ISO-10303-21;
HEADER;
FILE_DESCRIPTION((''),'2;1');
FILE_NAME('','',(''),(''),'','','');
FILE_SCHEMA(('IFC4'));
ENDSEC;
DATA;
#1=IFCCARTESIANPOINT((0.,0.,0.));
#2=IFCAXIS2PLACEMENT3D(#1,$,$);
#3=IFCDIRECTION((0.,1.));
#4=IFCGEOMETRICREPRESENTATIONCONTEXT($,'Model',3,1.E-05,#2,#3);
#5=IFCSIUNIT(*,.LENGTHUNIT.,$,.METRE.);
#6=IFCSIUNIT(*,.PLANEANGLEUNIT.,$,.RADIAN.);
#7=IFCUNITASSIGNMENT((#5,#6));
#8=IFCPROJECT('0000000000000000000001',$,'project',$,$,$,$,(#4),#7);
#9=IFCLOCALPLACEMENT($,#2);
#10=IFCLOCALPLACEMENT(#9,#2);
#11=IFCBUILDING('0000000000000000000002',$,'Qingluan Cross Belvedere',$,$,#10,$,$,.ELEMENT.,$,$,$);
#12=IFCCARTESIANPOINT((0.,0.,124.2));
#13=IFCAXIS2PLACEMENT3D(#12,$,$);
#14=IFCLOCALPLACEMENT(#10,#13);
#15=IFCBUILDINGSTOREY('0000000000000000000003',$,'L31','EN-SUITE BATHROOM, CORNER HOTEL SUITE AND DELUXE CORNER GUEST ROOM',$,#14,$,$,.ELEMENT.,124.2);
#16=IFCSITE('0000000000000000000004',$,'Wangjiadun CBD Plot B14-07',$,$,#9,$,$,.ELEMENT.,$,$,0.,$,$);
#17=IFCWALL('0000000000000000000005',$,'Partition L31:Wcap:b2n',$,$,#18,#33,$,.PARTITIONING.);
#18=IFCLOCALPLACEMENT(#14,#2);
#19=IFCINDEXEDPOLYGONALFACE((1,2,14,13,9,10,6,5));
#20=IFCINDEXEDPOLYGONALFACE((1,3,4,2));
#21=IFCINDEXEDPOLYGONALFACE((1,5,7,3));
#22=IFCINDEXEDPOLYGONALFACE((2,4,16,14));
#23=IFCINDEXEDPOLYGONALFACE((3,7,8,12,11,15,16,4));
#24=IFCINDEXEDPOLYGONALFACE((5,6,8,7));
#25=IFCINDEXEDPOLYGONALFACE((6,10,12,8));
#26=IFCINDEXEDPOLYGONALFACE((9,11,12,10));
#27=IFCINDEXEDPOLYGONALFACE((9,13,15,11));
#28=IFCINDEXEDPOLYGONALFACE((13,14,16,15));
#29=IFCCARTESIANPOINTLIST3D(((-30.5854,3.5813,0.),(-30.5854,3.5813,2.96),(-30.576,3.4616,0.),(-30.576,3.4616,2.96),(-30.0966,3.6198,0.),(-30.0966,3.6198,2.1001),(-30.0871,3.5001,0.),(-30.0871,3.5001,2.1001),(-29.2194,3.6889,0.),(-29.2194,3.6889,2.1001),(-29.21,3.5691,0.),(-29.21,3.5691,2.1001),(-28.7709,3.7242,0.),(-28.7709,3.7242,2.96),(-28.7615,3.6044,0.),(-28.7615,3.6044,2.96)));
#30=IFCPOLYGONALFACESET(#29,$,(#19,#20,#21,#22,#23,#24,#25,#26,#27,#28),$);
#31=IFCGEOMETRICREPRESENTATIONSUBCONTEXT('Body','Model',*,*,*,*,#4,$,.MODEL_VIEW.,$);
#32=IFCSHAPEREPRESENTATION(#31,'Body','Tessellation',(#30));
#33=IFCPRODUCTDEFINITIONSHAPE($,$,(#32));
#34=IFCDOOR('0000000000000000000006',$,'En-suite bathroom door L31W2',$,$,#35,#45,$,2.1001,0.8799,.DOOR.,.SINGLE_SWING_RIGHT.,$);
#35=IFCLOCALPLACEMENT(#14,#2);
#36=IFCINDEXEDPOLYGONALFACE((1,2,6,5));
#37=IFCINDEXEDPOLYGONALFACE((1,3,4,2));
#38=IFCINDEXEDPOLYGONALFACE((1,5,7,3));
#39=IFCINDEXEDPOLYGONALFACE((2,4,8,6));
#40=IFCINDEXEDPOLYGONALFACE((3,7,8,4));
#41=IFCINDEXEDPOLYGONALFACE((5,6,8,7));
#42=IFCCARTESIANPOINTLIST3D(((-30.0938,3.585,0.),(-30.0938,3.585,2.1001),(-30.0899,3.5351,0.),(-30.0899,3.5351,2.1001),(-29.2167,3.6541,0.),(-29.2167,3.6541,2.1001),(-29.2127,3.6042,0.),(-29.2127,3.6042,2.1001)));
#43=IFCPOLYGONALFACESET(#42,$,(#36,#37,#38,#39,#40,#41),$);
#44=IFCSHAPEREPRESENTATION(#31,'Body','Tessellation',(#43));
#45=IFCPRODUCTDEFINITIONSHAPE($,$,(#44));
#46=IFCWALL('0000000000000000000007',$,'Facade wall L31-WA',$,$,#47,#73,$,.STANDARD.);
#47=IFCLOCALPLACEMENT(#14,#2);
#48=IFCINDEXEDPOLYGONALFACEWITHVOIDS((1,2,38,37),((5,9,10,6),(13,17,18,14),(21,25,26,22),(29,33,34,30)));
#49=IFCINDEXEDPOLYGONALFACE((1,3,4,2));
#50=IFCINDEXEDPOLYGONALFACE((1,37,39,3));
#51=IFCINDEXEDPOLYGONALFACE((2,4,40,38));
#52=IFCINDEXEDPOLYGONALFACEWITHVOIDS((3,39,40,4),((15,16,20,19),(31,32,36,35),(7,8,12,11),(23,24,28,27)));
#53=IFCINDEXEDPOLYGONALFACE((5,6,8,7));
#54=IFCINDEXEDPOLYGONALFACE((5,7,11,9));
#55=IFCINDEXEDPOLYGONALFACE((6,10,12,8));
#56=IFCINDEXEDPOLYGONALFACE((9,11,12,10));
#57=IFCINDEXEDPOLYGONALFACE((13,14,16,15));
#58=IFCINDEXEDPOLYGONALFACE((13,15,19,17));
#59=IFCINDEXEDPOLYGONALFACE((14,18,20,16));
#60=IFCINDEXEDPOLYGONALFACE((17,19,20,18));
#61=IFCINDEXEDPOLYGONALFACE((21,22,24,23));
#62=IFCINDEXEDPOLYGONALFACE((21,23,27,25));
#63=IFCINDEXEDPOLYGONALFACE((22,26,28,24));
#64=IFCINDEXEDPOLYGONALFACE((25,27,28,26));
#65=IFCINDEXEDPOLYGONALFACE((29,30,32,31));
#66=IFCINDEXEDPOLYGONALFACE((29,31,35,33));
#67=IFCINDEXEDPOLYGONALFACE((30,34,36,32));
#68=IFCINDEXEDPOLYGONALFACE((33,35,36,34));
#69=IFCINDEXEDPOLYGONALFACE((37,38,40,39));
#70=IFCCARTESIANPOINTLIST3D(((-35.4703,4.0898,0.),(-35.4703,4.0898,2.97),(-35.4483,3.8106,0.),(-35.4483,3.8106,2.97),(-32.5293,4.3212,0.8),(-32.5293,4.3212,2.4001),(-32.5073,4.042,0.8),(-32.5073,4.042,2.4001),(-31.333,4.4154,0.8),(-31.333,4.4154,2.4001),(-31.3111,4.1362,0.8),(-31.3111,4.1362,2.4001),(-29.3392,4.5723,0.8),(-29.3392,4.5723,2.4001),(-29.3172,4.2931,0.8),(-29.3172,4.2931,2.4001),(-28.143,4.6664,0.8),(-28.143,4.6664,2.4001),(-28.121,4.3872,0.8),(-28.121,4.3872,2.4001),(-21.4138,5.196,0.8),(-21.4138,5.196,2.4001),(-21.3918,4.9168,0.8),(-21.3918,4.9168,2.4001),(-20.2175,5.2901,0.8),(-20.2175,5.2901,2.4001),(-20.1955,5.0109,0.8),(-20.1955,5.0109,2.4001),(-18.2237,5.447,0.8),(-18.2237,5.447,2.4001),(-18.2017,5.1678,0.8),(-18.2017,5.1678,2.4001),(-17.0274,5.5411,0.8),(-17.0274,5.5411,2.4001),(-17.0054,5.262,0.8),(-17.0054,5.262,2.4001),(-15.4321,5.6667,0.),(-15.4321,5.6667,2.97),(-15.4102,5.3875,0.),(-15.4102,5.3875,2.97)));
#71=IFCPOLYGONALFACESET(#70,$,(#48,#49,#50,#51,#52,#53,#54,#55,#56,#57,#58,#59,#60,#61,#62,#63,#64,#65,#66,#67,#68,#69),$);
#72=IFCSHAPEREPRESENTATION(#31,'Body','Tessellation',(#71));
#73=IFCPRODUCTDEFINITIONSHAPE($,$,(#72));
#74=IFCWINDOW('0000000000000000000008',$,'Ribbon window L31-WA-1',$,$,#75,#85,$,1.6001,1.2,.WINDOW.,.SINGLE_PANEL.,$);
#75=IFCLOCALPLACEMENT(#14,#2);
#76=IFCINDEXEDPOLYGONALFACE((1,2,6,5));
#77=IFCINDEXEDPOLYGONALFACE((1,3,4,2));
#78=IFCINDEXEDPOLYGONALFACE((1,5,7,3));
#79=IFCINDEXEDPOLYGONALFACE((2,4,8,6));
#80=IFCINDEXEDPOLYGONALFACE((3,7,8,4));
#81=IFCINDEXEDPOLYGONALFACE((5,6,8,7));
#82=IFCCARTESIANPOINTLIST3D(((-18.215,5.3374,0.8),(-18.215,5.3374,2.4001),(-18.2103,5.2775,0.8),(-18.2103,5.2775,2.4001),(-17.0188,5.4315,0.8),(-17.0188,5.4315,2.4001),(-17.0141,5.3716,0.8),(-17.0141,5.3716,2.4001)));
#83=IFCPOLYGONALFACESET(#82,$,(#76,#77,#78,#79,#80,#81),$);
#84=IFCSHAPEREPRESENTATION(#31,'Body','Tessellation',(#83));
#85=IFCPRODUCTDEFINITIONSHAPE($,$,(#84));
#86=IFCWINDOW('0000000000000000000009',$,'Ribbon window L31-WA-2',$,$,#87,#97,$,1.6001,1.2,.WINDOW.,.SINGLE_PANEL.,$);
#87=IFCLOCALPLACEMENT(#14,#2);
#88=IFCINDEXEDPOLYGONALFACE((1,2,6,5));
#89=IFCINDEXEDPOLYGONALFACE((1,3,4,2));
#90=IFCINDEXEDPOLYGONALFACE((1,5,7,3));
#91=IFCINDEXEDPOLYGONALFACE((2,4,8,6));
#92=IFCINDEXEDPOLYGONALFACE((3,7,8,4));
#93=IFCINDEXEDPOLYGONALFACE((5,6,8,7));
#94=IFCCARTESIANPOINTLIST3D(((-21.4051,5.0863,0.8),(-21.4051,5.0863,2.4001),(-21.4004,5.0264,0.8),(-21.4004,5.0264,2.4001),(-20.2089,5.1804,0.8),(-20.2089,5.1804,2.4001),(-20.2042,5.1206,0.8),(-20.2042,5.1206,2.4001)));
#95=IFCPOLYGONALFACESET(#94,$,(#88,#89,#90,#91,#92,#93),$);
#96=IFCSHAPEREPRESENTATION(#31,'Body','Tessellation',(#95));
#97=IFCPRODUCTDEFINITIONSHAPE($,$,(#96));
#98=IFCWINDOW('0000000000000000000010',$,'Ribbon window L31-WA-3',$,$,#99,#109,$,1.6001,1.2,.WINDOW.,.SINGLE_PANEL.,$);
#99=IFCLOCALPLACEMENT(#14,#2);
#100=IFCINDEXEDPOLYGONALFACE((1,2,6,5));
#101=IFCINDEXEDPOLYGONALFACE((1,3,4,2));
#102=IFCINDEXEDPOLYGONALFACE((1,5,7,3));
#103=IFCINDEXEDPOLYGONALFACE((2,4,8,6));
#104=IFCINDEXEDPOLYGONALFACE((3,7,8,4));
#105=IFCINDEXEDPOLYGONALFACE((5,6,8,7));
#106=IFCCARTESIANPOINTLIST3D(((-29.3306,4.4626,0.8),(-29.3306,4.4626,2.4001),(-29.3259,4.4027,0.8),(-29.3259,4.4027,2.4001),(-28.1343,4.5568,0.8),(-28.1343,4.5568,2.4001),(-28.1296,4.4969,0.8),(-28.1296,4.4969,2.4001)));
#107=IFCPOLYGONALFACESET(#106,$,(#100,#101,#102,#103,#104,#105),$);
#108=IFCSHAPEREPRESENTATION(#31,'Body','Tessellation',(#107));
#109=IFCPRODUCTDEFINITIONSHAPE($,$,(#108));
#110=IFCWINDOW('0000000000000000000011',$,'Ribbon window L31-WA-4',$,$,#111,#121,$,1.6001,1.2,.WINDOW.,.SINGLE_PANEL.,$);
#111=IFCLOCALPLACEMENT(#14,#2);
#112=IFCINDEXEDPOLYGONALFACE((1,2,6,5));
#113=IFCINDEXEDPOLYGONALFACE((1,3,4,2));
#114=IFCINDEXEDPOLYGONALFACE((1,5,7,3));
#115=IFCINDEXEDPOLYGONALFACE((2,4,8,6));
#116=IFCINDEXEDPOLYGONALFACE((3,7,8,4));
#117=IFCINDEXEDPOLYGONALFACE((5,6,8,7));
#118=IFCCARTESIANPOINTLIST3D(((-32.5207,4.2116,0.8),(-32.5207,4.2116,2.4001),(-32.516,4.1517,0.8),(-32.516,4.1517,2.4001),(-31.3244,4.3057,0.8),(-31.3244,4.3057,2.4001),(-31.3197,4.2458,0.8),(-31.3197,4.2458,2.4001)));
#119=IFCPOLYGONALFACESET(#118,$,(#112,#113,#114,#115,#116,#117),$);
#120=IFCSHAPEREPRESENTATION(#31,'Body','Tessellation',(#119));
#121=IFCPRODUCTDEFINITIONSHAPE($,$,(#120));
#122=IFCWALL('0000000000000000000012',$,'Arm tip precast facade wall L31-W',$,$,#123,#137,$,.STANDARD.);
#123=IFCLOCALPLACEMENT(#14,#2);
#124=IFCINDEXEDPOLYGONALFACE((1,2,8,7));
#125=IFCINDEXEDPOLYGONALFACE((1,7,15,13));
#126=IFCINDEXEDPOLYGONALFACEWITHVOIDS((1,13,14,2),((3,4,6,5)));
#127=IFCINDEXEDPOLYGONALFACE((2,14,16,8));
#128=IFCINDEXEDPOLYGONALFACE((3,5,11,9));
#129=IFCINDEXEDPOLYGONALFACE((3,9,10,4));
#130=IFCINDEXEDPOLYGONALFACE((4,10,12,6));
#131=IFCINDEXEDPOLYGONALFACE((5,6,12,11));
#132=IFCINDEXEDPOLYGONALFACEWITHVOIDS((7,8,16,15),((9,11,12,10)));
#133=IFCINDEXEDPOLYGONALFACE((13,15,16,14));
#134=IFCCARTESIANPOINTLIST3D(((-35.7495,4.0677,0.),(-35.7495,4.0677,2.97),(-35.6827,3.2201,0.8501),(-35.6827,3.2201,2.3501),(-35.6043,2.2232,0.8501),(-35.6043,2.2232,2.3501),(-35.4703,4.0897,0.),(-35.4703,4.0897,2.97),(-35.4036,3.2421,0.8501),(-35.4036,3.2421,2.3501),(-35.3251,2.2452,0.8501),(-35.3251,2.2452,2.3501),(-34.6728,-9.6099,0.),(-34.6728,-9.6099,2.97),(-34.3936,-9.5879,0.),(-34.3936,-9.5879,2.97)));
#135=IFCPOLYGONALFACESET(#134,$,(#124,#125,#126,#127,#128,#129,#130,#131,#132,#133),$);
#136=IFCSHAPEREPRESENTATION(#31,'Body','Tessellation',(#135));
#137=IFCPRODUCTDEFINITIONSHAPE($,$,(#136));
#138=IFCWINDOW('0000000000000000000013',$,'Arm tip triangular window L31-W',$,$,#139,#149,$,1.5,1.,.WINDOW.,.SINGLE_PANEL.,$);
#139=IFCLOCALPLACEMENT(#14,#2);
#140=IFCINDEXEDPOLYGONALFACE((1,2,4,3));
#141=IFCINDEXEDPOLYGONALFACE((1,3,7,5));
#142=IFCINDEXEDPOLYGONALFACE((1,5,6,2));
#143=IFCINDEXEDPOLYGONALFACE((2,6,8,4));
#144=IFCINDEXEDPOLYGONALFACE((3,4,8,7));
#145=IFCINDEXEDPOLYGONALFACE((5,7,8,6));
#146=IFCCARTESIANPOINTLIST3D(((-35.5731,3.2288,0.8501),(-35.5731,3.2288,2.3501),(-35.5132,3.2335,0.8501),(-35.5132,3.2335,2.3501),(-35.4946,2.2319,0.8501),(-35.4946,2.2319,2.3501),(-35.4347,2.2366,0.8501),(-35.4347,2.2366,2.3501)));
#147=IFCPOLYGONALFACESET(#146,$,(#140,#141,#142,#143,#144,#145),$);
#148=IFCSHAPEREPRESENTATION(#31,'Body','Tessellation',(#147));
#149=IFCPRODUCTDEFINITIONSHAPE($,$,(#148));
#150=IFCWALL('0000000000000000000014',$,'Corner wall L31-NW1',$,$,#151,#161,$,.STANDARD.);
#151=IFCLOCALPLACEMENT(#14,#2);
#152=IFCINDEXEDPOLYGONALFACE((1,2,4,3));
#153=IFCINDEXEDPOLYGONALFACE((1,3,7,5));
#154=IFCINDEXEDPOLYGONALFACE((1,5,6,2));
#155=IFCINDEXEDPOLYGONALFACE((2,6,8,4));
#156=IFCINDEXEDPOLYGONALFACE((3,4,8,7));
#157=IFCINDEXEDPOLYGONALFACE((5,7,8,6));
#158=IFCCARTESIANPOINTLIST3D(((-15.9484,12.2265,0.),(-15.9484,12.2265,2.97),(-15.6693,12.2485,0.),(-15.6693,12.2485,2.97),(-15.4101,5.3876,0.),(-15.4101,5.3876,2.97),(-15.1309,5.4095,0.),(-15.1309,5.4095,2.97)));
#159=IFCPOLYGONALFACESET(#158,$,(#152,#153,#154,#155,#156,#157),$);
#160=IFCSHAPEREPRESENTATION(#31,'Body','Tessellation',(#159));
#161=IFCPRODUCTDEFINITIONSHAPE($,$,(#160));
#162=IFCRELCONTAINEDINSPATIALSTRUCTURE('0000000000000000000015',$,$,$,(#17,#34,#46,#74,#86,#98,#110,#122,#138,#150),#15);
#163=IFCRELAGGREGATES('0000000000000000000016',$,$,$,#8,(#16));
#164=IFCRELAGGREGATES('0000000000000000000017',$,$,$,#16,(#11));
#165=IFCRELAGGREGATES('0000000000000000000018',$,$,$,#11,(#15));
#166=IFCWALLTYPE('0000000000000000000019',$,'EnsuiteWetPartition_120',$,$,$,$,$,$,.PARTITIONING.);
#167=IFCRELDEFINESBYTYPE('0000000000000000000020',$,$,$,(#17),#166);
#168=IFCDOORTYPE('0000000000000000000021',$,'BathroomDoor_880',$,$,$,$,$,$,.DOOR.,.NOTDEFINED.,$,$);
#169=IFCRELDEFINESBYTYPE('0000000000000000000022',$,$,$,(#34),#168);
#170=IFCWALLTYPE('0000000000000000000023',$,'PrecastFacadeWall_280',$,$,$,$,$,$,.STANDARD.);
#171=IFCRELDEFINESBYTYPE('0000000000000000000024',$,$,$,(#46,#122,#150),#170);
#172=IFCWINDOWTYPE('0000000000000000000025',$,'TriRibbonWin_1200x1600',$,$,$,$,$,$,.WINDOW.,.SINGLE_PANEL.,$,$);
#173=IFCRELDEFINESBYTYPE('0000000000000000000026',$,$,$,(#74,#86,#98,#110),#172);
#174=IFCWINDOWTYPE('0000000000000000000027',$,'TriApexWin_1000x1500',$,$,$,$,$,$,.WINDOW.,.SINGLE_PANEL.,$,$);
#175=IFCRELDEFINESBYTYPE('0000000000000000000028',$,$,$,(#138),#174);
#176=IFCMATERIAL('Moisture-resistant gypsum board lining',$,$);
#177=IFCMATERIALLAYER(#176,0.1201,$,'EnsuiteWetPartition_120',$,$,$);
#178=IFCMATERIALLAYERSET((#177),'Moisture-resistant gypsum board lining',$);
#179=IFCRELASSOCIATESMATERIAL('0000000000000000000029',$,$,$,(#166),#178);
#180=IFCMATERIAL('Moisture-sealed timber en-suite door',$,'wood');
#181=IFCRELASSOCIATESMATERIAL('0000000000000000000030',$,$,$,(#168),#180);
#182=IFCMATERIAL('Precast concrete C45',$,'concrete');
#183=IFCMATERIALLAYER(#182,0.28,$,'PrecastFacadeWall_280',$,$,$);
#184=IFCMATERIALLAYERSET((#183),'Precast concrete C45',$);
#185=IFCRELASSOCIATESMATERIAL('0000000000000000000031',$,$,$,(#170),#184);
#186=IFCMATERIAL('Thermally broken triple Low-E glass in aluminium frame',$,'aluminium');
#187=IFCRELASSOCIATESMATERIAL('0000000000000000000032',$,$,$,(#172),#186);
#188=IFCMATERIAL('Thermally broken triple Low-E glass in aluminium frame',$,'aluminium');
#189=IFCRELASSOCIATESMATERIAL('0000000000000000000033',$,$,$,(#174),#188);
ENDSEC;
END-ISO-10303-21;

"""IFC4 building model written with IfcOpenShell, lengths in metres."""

from ifc_helpers import new_model, si_unit, direction, frame, frame_2d, origin, place, context, subcontext, project, spatial, rectangle, extrude, material, layer, layer_set, type_object, element, fill, save


model = new_model("IFC4")

# Units and contexts
model_context = context("Model", 3, precision=1e-05, world=origin(), true_north=direction((0.0, 1.0)))
body_context = subcontext(model_context, "Body", "Model", "MODEL_VIEW")
ifc_project = project(units=[si_unit("LENGTHUNIT", "METRE"), si_unit("PLANEANGLEUNIT", "RADIAN")], contexts=[model_context])

# Site, building, storey
site_placement = place(None, origin())
site = spatial("IfcSite", under=ifc_project, at=site_placement, Name="Wangjiadun CBD Plot B14-07", CompositionType="ELEMENT", RefElevation=0.0)
building_placement = place(site_placement, origin())
building = spatial("IfcBuilding", under=site, at=building_placement, Name="Qingluan Cross Belvedere", CompositionType="ELEMENT")
storey_placement = place(building_placement, frame((0.0, 0.0, 124.2)))
storey = spatial("IfcBuildingStorey", under=building, at=storey_placement, Name="L31", Description="EN-SUITE BATHROOM, CORNER HOTEL SUITE AND DELUXE CORNER GUEST ROOM", CompositionType="ELEMENT", Elevation=124.2)

# Shared definitions
ifc_material_1 = material(Name="Moisture-resistant gypsum board lining")
ifc_layer_1 = layer(ifc_material_1, 0.1201, Name="EnsuiteWetPartition_120")
ifc_layer_set_1 = layer_set([ifc_layer_1], Name="Moisture-resistant gypsum board lining")
wall_type_1 = type_object("IfcWallType", Name="EnsuiteWetPartition_120", PredefinedType="PARTITIONING", material=ifc_layer_set_1)
ifc_material_2 = material(Name="Moisture-sealed timber en-suite door", Category="wood")
door_type_1 = type_object("IfcDoorType", Name="BathroomDoor_880", OperationType="NOTDEFINED", PredefinedType="DOOR", material=ifc_material_2)

# Wall, opening, door
wall_1_placement = place(storey_placement, frame((-28.7661, 3.6643, 0.0), z_axis=(0.0, 0.0, 1.0), x_axis=(-0.996916, -0.078471, 0.0)))
wall_1 = element("IfcWall", 1, at=wall_1_placement, inside=storey, type_object=wall_type_1, Name="Partition L31:Wcap:b2n", PredefinedType="PARTITIONING", context=body_context, shape_type="SweptSolid", body=[
    extrude(rectangle(XDim=1.8201, YDim=0.1201, at=frame_2d((0.9102, 0.0))), origin(), (0.0, 0.0, 1.0), 2.96),
])
opening_1_placement = place(wall_1_placement, frame((0.45, 0.0, 0.0)))
opening_1 = element("IfcOpeningElement", 2, at=opening_1_placement, cuts=wall_1, PredefinedType="OPENING", context=body_context, shape_type="SweptSolid", body=[
    extrude(rectangle(XDim=0.8799, YDim=2.1001, at=frame_2d((0.4399, 1.05))), frame((0.0, 0.0701, 0.0), z_axis=(0.0, -1.0, 0.0), x_axis=(1.0, 0.0, 0.0)), (0.0, 0.0, 1.0), 0.1401),
])
door_1_placement = place(opening_1_placement, origin())
door_1 = element("IfcDoor", 3, at=door_1_placement, inside=storey, type_object=door_type_1, Name="En-suite bathroom door L31W2", OperationType="SINGLE_SWING_RIGHT", OverallHeight=2.1001, OverallWidth=0.8799, PredefinedType="DOOR", context=body_context, shape_type="SweptSolid", body=[
    extrude(rectangle(XDim=0.8799, YDim=2.1001, at=frame_2d((0.4399, 1.05))), frame((0.0, 0.0249, 0.0), z_axis=(0.0, -1.0, 0.0), x_axis=(1.0, 0.0, 0.0)), (0.0, 0.0, 1.0), 0.05),
])
fill(opening_1, door_1)

# Wall, openings, windows
ifc_material_3 = material(Name="Precast concrete C45", Category="concrete")
ifc_layer_2 = layer(ifc_material_3, 0.28, Name="PrecastFacadeWall_280")
ifc_layer_set_2 = layer_set([ifc_layer_2], Name="Precast concrete C45")
wall_type_2 = type_object("IfcWallType", Name="PrecastFacadeWall_280", PredefinedType="STANDARD", material=ifc_layer_set_2)
wall_2_placement = place(storey_placement, frame((-15.4211, 5.5271, 0.0), z_axis=(0.0, 0.0, 1.0), x_axis=(-0.996918, -0.078453, 0.0)))
wall_2 = element("IfcWall", 4, at=wall_2_placement, inside=storey, type_object=wall_type_2, Name="Facade wall L31-WA", PredefinedType="STANDARD", context=body_context, shape_type="SweptSolid", body=[
    extrude(rectangle(XDim=20.1001, YDim=0.28, at=frame_2d((10.05, 0.0))), origin(), (0.0, 0.0, 1.0), 2.97),
])
opening_2_placement = place(wall_2_placement, frame((1.6001, 0.0, 0.8)))
opening_2 = element("IfcOpeningElement", 5, at=opening_2_placement, cuts=wall_2, PredefinedType="OPENING", context=body_context, shape_type="SweptSolid", body=[
    extrude(rectangle(XDim=1.2, YDim=1.6001, at=frame_2d((0.6001, 0.8))), frame((0.0, 0.1499, 0.0), z_axis=(0.0, -1.0, 0.0), x_axis=(1.0, 0.0, 0.0)), (0.0, 0.0, 1.0), 0.3),
])
opening_3_placement = place(wall_2_placement, frame((4.8, 0.0, 0.8)))
opening_3 = element("IfcOpeningElement", 6, at=opening_3_placement, cuts=wall_2, PredefinedType="OPENING", context=body_context, shape_type="SweptSolid", body=[
    extrude(rectangle(XDim=1.2, YDim=1.6001, at=frame_2d((0.6001, 0.8))), frame((0.0, 0.1499, 0.0), z_axis=(0.0, -1.0, 0.0), x_axis=(1.0, 0.0, 0.0)), (0.0, 0.0, 1.0), 0.3),
])
opening_4_placement = place(wall_2_placement, frame((12.75, 0.0, 0.8)))
opening_4 = element("IfcOpeningElement", 7, at=opening_4_placement, cuts=wall_2, PredefinedType="OPENING", context=body_context, shape_type="SweptSolid", body=[
    extrude(rectangle(XDim=1.2, YDim=1.6001, at=frame_2d((0.6001, 0.8))), frame((0.0, 0.1499, 0.0), z_axis=(0.0, -1.0, 0.0), x_axis=(1.0, 0.0, 0.0)), (0.0, 0.0, 1.0), 0.3),
])
opening_5_placement = place(wall_2_placement, frame((15.95, 0.0, 0.8)))
opening_5 = element("IfcOpeningElement", 8, at=opening_5_placement, cuts=wall_2, PredefinedType="OPENING", context=body_context, shape_type="SweptSolid", body=[
    extrude(rectangle(XDim=1.2, YDim=1.6001, at=frame_2d((0.6001, 0.8))), frame((0.0, 0.1499, 0.0), z_axis=(0.0, -1.0, 0.0), x_axis=(1.0, 0.0, 0.0)), (0.0, 0.0, 1.0), 0.3),
])
ifc_material_4 = material(Name="Thermally broken triple Low-E glass in aluminium frame", Category="aluminium")
window_type_1 = type_object("IfcWindowType", Name="TriRibbonWin_1200x1600", PartitioningType="SINGLE_PANEL", PredefinedType="WINDOW", material=ifc_material_4)
window_1_placement = place(opening_2_placement, origin())
window_1 = element("IfcWindow", 9, at=window_1_placement, inside=storey, type_object=window_type_1, Name="Ribbon window L31-WA-1", OverallHeight=1.6001, OverallWidth=1.2, PartitioningType="SINGLE_PANEL", PredefinedType="WINDOW", context=body_context, shape_type="SweptSolid", body=[
    extrude(rectangle(XDim=1.2, YDim=1.6001, at=frame_2d((0.6001, 0.8))), frame((0.0, 0.03, 0.0), z_axis=(0.0, -1.0, 0.0), x_axis=(1.0, 0.0, 0.0)), (0.0, 0.0, 1.0), 0.0601),
])
fill(opening_2, window_1)
window_2_placement = place(opening_3_placement, origin())
window_2 = element("IfcWindow", 10, at=window_2_placement, inside=storey, type_object=window_type_1, Name="Ribbon window L31-WA-2", OverallHeight=1.6001, OverallWidth=1.2, PartitioningType="SINGLE_PANEL", PredefinedType="WINDOW", context=body_context, shape_type="SweptSolid", body=[
    extrude(rectangle(XDim=1.2, YDim=1.6001, at=frame_2d((0.6001, 0.8))), frame((0.0, 0.03, 0.0), z_axis=(0.0, -1.0, 0.0), x_axis=(1.0, 0.0, 0.0)), (0.0, 0.0, 1.0), 0.0601),
])
fill(opening_3, window_2)
window_3_placement = place(opening_4_placement, origin())
window_3 = element("IfcWindow", 11, at=window_3_placement, inside=storey, type_object=window_type_1, Name="Ribbon window L31-WA-3", OverallHeight=1.6001, OverallWidth=1.2, PartitioningType="SINGLE_PANEL", PredefinedType="WINDOW", context=body_context, shape_type="SweptSolid", body=[
    extrude(rectangle(XDim=1.2, YDim=1.6001, at=frame_2d((0.6001, 0.8))), frame((0.0, 0.03, 0.0), z_axis=(0.0, -1.0, 0.0), x_axis=(1.0, 0.0, 0.0)), (0.0, 0.0, 1.0), 0.0601),
])
fill(opening_4, window_3)
window_4_placement = place(opening_5_placement, origin())
window_4 = element("IfcWindow", 12, at=window_4_placement, inside=storey, type_object=window_type_1, Name="Ribbon window L31-WA-4", OverallHeight=1.6001, OverallWidth=1.2, PartitioningType="SINGLE_PANEL", PredefinedType="WINDOW", context=body_context, shape_type="SweptSolid", body=[
    extrude(rectangle(XDim=1.2, YDim=1.6001, at=frame_2d((0.6001, 0.8))), frame((0.0, 0.03, 0.0), z_axis=(0.0, -1.0, 0.0), x_axis=(1.0, 0.0, 0.0)), (0.0, 0.0, 1.0), 0.0601),
])
fill(opening_5, window_4)

# Wall, opening, window
wall_3_placement = place(storey_placement, frame((-35.6099, 4.0786, 0.0), z_axis=(0.0, 0.0, 1.0), x_axis=(0.078474, -0.996916, 0.0)))
wall_3 = element("IfcWall", 13, at=wall_3_placement, inside=storey, type_object=wall_type_2, Name="Arm tip precast facade wall L31-W", PredefinedType="STANDARD", context=body_context, shape_type="SweptSolid", body=[
    extrude(rectangle(XDim=13.72, YDim=0.28, at=frame_2d((6.8599, 0.0))), origin(), (0.0, 0.0, 1.0), 2.97),
])
opening_6_placement = place(wall_3_placement, frame((0.8501, 0.0, 0.8501)))
opening_6 = element("IfcOpeningElement", 14, at=opening_6_placement, cuts=wall_3, PredefinedType="OPENING", context=body_context, shape_type="SweptSolid", body=[
    extrude(rectangle(XDim=1.0, YDim=1.5, at=frame_2d((0.5, 0.75))), frame((0.0, 0.1499, 0.0), z_axis=(0.0, -1.0, 0.0), x_axis=(1.0, 0.0, 0.0)), (0.0, 0.0, 1.0), 0.3),
])
ifc_material_5 = material(Name="Thermally broken triple Low-E glass in aluminium frame", Category="aluminium")
window_type_2 = type_object("IfcWindowType", Name="TriApexWin_1000x1500", PartitioningType="SINGLE_PANEL", PredefinedType="WINDOW", material=ifc_material_5)
window_5_placement = place(opening_6_placement, origin())
window_5 = element("IfcWindow", 15, at=window_5_placement, inside=storey, type_object=window_type_2, Name="Arm tip triangular window L31-W", OverallHeight=1.5, OverallWidth=1.0, PartitioningType="SINGLE_PANEL", PredefinedType="WINDOW", context=body_context, shape_type="SweptSolid", body=[
    extrude(rectangle(XDim=1.0, YDim=1.5, at=frame_2d((0.5, 0.75))), frame((0.0, 0.03, 0.0), z_axis=(0.0, -1.0, 0.0), x_axis=(1.0, 0.0, 0.0)), (0.0, 0.0, 1.0), 0.0601),
])
fill(opening_6, window_5)

# Wall
wall_4_placement = place(storey_placement, frame((-15.2705, 5.3984, 0.0), z_axis=(0.0, 0.0, 1.0), x_axis=(-0.078474, 0.996916, 0.0)))
element("IfcWall", 16, at=wall_4_placement, inside=storey, type_object=wall_type_2, Name="Corner wall L31-NW1", PredefinedType="STANDARD", context=body_context, shape_type="SweptSolid", body=[
    extrude(rectangle(XDim=6.8601, YDim=0.28, at=frame_2d((3.4302, 0.0))), origin(), (0.0, 0.0, 1.0), 2.97),
])

save(model, "model.ifc")
